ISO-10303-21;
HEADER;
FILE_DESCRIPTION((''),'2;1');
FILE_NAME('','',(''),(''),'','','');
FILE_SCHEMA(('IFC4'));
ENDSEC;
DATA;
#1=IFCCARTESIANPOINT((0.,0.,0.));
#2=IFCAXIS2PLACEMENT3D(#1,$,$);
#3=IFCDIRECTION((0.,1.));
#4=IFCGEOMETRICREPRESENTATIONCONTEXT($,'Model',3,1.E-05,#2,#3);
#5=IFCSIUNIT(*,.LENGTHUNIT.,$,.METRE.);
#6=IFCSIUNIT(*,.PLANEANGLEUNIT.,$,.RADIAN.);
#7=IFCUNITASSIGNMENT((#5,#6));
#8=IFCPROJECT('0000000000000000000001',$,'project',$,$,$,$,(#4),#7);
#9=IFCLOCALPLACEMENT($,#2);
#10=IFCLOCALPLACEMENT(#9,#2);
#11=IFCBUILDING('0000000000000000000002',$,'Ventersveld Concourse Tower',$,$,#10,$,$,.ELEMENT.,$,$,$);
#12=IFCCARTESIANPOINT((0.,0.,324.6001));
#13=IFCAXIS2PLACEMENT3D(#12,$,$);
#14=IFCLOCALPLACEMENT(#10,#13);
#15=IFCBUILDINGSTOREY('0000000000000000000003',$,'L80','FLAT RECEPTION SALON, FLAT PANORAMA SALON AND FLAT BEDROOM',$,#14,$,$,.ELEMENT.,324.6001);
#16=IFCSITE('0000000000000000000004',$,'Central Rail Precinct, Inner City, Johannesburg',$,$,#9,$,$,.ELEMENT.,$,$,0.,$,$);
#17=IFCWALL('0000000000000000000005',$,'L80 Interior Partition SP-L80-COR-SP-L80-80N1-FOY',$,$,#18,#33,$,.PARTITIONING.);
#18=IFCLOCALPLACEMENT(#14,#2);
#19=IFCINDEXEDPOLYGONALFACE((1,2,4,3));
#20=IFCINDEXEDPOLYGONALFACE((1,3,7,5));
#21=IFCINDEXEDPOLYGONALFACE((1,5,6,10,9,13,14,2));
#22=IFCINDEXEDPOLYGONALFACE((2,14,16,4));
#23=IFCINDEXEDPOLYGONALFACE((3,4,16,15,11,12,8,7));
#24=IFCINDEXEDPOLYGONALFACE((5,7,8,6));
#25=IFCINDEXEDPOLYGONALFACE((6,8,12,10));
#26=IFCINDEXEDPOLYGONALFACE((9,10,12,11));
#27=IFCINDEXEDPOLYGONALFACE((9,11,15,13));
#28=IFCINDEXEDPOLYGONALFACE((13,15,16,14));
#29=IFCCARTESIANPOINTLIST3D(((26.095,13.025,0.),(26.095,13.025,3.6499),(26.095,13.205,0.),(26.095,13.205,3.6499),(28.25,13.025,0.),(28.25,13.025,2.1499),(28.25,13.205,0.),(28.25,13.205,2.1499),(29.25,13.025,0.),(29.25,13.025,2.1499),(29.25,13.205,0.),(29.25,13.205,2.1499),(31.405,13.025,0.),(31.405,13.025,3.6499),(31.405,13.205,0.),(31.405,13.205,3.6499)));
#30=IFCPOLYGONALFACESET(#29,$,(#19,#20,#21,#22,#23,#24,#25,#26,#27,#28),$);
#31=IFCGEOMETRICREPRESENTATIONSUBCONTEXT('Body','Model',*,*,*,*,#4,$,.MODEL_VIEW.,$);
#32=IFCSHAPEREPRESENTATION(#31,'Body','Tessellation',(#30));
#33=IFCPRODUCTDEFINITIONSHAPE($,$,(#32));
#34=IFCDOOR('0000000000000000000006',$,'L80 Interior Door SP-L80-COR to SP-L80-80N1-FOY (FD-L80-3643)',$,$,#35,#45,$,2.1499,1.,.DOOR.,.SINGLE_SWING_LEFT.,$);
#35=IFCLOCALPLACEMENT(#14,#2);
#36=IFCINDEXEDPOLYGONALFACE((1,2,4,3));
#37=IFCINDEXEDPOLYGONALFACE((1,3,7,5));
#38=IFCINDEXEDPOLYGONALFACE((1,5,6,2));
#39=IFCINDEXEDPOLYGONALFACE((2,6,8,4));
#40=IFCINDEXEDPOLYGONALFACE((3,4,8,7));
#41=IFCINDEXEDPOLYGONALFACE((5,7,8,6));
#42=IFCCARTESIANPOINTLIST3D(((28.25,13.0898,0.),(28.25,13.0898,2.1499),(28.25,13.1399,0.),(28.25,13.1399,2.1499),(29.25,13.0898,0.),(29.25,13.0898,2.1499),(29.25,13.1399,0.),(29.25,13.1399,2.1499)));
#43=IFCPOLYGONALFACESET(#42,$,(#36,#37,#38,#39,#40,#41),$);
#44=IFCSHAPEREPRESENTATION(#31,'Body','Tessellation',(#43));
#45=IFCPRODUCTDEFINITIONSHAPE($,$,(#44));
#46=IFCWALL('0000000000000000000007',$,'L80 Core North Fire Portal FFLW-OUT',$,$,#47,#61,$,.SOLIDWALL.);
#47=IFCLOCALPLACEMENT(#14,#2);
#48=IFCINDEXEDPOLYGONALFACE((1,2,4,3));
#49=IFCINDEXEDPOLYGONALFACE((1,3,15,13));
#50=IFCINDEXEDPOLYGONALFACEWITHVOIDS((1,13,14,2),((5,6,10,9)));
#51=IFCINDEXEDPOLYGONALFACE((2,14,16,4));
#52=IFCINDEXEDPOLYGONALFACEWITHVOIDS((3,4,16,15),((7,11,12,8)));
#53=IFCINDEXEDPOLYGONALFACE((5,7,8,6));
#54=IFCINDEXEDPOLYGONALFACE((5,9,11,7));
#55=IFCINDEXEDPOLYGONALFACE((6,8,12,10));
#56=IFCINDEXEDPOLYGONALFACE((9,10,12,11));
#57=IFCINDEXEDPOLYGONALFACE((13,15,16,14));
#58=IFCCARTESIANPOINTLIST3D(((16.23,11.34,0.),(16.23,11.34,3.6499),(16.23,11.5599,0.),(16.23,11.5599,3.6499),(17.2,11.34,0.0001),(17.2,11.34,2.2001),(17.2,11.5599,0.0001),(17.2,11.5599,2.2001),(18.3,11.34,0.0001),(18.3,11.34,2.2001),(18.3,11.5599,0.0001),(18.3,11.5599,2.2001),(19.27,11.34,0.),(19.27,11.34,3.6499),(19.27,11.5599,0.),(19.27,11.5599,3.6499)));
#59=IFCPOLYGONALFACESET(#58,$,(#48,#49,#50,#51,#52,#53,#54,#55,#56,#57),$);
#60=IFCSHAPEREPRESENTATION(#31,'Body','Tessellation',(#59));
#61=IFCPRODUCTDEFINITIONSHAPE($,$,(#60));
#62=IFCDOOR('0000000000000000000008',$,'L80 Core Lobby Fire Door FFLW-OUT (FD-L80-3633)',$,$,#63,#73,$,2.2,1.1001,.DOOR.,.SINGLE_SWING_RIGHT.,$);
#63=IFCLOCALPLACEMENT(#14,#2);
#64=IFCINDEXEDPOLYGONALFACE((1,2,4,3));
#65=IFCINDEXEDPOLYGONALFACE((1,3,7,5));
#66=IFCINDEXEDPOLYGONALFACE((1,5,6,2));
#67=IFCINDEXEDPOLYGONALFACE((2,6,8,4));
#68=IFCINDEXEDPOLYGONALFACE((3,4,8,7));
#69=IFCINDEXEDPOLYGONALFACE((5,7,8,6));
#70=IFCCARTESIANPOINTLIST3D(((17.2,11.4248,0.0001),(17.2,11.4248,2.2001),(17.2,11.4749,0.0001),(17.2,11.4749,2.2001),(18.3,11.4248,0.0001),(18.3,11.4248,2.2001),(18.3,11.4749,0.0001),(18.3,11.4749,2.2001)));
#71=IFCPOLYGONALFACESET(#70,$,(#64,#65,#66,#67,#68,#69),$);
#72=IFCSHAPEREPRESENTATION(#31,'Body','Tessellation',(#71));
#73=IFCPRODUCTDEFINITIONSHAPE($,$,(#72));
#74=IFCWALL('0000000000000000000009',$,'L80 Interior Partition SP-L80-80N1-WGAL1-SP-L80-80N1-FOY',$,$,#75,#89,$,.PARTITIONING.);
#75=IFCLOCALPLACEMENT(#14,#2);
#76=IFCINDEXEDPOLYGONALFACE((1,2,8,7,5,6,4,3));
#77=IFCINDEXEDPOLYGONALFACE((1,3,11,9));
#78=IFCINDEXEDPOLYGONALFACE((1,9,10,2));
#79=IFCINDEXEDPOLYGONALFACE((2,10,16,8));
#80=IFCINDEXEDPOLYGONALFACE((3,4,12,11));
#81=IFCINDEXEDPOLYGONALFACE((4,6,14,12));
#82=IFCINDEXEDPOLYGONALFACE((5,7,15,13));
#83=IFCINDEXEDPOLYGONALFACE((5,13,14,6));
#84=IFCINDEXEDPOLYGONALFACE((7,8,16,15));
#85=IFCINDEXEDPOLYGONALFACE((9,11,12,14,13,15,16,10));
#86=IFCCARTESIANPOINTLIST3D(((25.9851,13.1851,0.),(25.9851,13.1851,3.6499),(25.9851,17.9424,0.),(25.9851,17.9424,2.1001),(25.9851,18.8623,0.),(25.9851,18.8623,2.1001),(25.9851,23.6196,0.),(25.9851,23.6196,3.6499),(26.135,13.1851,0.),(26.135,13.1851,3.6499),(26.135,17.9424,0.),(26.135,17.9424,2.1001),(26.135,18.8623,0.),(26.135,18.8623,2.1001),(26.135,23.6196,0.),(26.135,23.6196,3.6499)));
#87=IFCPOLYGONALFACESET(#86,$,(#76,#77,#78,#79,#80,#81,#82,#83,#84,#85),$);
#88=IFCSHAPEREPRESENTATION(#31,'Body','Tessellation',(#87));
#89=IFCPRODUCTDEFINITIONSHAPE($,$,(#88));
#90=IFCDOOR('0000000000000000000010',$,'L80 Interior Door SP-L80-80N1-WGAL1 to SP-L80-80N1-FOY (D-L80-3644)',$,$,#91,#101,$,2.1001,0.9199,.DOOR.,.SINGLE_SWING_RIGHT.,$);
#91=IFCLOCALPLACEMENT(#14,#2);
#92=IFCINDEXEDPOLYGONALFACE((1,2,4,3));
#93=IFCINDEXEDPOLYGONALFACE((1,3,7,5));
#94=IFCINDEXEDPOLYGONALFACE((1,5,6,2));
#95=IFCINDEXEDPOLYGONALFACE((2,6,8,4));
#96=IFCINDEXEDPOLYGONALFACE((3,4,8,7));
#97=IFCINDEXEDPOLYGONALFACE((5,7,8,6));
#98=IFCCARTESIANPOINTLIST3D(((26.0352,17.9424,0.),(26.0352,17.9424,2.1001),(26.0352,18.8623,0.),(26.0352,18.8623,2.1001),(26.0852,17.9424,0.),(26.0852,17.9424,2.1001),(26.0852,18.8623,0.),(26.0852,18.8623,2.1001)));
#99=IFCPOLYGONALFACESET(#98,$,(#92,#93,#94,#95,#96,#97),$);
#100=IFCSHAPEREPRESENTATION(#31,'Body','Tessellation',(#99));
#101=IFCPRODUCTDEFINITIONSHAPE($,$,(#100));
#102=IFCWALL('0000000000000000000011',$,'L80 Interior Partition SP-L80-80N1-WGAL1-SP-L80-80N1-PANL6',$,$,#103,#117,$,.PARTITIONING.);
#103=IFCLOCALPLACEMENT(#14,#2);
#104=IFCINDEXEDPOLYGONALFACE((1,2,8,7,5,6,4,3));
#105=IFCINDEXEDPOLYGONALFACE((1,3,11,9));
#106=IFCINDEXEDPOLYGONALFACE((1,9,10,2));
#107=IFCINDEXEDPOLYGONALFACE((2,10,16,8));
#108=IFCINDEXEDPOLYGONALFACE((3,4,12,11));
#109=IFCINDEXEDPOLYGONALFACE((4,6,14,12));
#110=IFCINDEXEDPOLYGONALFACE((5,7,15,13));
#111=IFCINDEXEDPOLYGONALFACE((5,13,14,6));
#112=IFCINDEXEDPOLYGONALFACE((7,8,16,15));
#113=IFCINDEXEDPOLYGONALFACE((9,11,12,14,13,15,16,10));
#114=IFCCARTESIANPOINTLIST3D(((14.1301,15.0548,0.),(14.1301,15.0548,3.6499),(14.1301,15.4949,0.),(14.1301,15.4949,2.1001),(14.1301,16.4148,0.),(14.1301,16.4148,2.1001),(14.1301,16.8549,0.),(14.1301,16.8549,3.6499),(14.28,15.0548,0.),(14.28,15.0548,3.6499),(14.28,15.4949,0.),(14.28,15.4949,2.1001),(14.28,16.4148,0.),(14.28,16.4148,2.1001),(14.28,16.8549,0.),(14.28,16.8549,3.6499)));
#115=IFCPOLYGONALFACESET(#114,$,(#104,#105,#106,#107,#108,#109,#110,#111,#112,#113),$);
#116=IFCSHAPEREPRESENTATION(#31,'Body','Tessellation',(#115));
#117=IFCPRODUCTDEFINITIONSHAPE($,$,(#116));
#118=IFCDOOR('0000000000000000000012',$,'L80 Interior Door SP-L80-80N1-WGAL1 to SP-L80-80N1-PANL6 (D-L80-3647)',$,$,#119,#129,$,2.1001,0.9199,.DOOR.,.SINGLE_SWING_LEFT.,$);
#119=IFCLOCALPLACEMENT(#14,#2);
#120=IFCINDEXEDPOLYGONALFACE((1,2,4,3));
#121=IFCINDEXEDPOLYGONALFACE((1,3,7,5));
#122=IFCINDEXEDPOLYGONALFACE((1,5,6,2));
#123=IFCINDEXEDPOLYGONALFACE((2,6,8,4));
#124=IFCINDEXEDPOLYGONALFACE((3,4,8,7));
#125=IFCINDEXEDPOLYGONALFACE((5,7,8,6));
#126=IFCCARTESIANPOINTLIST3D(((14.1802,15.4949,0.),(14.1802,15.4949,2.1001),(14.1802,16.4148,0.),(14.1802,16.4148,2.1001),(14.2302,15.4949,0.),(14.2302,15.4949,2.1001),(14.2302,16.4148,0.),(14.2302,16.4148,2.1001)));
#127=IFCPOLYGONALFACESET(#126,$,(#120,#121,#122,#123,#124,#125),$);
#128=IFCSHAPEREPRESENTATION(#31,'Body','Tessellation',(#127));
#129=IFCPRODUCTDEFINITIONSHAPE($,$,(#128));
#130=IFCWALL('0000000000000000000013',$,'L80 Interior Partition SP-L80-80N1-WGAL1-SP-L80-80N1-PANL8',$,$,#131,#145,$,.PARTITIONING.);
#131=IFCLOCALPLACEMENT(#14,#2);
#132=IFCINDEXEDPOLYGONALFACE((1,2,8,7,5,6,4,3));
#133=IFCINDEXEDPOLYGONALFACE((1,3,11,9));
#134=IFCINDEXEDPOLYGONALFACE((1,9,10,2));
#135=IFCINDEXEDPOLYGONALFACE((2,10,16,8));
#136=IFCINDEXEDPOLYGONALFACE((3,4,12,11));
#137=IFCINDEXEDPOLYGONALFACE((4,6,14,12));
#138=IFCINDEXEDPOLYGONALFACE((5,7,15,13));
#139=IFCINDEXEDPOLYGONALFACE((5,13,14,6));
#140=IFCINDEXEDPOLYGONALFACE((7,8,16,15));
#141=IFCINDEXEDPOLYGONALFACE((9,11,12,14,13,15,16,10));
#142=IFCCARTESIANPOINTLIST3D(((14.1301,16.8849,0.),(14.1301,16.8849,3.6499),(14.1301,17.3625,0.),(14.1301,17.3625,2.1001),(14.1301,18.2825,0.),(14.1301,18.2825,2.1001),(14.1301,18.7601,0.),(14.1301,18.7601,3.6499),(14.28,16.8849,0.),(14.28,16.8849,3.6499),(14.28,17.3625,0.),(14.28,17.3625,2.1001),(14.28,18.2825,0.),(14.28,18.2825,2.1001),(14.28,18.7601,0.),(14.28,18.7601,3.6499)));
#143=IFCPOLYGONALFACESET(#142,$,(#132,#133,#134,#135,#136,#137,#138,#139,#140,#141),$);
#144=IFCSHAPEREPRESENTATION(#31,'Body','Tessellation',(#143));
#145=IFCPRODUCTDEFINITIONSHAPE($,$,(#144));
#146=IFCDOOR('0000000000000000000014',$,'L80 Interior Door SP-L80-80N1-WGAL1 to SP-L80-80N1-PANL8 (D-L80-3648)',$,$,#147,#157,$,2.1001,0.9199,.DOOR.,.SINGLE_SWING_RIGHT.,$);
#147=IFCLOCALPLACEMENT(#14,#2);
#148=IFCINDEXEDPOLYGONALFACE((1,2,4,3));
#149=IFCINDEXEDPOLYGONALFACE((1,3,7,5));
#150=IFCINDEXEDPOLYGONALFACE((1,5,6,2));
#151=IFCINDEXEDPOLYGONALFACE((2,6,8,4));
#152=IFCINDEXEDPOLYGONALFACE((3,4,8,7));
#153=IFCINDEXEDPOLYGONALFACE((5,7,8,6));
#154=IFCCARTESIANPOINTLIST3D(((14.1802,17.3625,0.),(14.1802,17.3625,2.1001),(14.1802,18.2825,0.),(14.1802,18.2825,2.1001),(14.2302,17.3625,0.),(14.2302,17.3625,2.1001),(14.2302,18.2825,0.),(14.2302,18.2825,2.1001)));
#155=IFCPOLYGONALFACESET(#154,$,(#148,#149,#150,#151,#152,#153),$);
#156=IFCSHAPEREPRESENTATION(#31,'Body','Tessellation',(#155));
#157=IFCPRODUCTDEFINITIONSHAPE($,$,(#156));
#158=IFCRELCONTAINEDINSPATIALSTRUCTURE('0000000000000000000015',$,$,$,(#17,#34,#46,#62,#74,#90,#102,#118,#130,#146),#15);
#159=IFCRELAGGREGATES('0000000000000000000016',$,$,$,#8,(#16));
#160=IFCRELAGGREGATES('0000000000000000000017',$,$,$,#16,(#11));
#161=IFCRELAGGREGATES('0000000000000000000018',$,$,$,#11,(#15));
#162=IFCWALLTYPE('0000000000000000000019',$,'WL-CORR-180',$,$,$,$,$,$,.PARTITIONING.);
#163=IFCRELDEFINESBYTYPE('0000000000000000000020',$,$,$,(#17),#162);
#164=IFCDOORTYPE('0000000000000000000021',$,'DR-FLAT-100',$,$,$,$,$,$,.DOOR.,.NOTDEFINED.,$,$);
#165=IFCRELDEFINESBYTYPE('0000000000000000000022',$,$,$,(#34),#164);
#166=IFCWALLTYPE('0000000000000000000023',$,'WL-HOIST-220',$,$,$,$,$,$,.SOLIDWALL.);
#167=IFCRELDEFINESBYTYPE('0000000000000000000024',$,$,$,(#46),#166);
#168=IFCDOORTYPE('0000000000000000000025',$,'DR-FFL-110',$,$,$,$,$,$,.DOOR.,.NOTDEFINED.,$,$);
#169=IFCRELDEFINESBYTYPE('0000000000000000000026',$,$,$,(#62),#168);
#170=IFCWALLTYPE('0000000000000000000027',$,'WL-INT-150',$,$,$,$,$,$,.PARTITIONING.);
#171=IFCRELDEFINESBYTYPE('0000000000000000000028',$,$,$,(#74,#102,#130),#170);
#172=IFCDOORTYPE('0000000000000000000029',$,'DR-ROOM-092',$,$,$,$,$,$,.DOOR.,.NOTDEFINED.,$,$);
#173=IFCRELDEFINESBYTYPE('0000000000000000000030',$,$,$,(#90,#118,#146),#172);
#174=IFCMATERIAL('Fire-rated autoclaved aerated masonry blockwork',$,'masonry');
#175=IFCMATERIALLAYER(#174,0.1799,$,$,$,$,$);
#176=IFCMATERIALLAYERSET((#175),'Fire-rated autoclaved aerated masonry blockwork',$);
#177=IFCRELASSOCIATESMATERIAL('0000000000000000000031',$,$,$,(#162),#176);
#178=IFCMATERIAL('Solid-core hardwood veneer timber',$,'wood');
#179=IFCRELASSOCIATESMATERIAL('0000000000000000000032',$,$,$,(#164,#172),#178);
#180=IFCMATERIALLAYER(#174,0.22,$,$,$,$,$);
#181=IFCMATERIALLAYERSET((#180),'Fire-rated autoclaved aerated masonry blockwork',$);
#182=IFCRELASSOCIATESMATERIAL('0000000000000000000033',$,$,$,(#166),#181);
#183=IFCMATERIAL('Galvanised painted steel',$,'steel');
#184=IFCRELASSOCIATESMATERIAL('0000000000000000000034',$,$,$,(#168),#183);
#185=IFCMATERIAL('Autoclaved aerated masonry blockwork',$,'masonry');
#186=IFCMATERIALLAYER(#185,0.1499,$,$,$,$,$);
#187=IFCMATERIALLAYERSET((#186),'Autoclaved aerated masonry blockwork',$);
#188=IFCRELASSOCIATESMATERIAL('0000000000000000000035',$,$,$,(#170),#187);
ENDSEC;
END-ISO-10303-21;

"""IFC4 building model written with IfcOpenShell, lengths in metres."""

from ifc_helpers import new_model, si_unit, direction, frame, frame_2d, origin, place, context, subcontext, project, spatial, rectangle, extrude, material, layer, layer_set, type_object, element, fill, save


model = new_model("IFC4")

# Units and contexts
model_context = context("Model", 3, precision=1e-05, world=origin(), true_north=direction((0.0, 1.0)))
body_context = subcontext(model_context, "Body", "Model", "MODEL_VIEW")
ifc_project = project(units=[si_unit("LENGTHUNIT", "METRE"), si_unit("PLANEANGLEUNIT", "RADIAN")], contexts=[model_context])

# Site, building, storey
site_placement = place(None, origin())
site = spatial("IfcSite", under=ifc_project, at=site_placement, Name="Central Rail Precinct, Inner City, Johannesburg", CompositionType="ELEMENT", RefElevation=0.0)
building_placement = place(site_placement, origin())
building = spatial("IfcBuilding", under=site, at=building_placement, Name="Ventersveld Concourse Tower", CompositionType="ELEMENT")
storey_placement = place(building_placement, frame((0.0, 0.0, 324.6001)))
storey = spatial("IfcBuildingStorey", under=building, at=storey_placement, Name="L80", Description="FLAT RECEPTION SALON, FLAT PANORAMA SALON AND FLAT BEDROOM", CompositionType="ELEMENT", Elevation=324.6001)

# Walls, openings, doors
ifc_material_1 = material(Name="Fire-rated autoclaved aerated masonry blockwork", Category="masonry")
ifc_layer_1 = layer(ifc_material_1, 0.1799)
ifc_layer_set_1 = layer_set([ifc_layer_1], Name="Fire-rated autoclaved aerated masonry blockwork")
wall_type_1 = type_object("IfcWallType", Name="WL-CORR-180", PredefinedType="PARTITIONING", material=ifc_layer_set_1)
wall_1_placement = place(storey_placement, frame((26.095, 13.115, 0.0), z_axis=(0.0, 0.0, 1.0), x_axis=(1.0, 0.0, 0.0)))
wall_1 = element("IfcWall", 1, at=wall_1_placement, inside=storey, type_object=wall_type_1, Name="L80 Interior Partition SP-L80-COR-SP-L80-80N1-FOY", PredefinedType="PARTITIONING", context=body_context, shape_type="SweptSolid", body=[
    extrude(rectangle(XDim=5.3101, YDim=0.1799, at=frame_2d((2.655, 0.0))), origin(), (0.0, 0.0, 1.0), 3.6499),
])
opening_1_placement = place(wall_1_placement, frame((2.155, 0.0, 0.0)))
opening_1 = element("IfcOpeningElement", 2, at=opening_1_placement, cuts=wall_1, PredefinedType="OPENING", context=body_context, shape_type="SweptSolid", body=[
    extrude(rectangle(XDim=1.0, YDim=2.1499, at=frame_2d((0.5, 1.075))), frame((0.0, 0.1001, 0.0), z_axis=(0.0, -1.0, 0.0), x_axis=(1.0, 0.0, 0.0)), (0.0, 0.0, 1.0), 0.2),
])
ifc_material_2 = material(Name="Solid-core hardwood veneer timber", Category="wood")
door_type_1 = type_object("IfcDoorType", Name="DR-FLAT-100", OperationType="NOTDEFINED", PredefinedType="DOOR", material=ifc_material_2)
door_1_placement = place(opening_1_placement, origin())
door_1 = element("IfcDoor", 3, at=door_1_placement, inside=storey, type_object=door_type_1, Name="L80 Interior Door SP-L80-COR to SP-L80-80N1-FOY (FD-L80-3643)", OperationType="SINGLE_SWING_LEFT", OverallHeight=2.1499, OverallWidth=1.0, PredefinedType="DOOR", context=body_context, shape_type="SweptSolid", body=[
    extrude(rectangle(XDim=1.0, YDim=2.1499, at=frame_2d((0.5, 1.075))), frame((0.0, 0.0249, 0.0), z_axis=(0.0, -1.0, 0.0), x_axis=(1.0, 0.0, 0.0)), (0.0, 0.0, 1.0), 0.05),
])
fill(opening_1, door_1)
ifc_layer_2 = layer(ifc_material_1, 0.22)
ifc_layer_set_2 = layer_set([ifc_layer_2], Name="Fire-rated autoclaved aerated masonry blockwork")
wall_type_2 = type_object("IfcWallType", Name="WL-HOIST-220", PredefinedType="SOLIDWALL", material=ifc_layer_set_2)
wall_2_placement = place(storey_placement, frame((16.23, 11.45, 0.0), z_axis=(0.0, 0.0, 1.0), x_axis=(1.0, 0.0, 0.0)))
wall_2 = element("IfcWall", 4, at=wall_2_placement, inside=storey, type_object=wall_type_2, Name="L80 Core North Fire Portal FFLW-OUT", PredefinedType="SOLIDWALL", context=body_context, shape_type="SweptSolid", body=[
    extrude(rectangle(XDim=3.04, YDim=0.22, at=frame_2d((1.52, 0.0))), origin(), (0.0, 0.0, 1.0), 3.6499),
])
opening_2_placement = place(wall_2_placement, frame((0.97, 0.0, 0.0)))
opening_2 = element("IfcOpeningElement", 5, at=opening_2_placement, cuts=wall_2, PredefinedType="OPENING", context=body_context, shape_type="SweptSolid", body=[
    extrude(rectangle(XDim=1.1001, YDim=2.2, at=frame_2d((0.55, 1.1001))), frame((0.0, 0.1201, 0.0), z_axis=(0.0, -1.0, 0.0), x_axis=(1.0, 0.0, 0.0)), (0.0, 0.0, 1.0), 0.24),
])
ifc_material_3 = material(Name="Galvanised painted steel", Category="steel")
door_type_2 = type_object("IfcDoorType", Name="DR-FFL-110", OperationType="NOTDEFINED", PredefinedType="DOOR", material=ifc_material_3)
door_2_placement = place(opening_2_placement, origin())
door_2 = element("IfcDoor", 6, at=door_2_placement, inside=storey, type_object=door_type_2, Name="L80 Core Lobby Fire Door FFLW-OUT (FD-L80-3633)", OperationType="SINGLE_SWING_RIGHT", OverallHeight=2.2, OverallWidth=1.1001, PredefinedType="DOOR", context=body_context, shape_type="SweptSolid", body=[
    extrude(rectangle(XDim=1.1001, YDim=2.2, at=frame_2d((0.55, 1.1001))), frame((0.0, 0.0249, 0.0), z_axis=(0.0, -1.0, 0.0), x_axis=(1.0, 0.0, 0.0)), (0.0, 0.0, 1.0), 0.05),
])
fill(opening_2, door_2)
ifc_material_4 = material(Name="Autoclaved aerated masonry blockwork", Category="masonry")
ifc_layer_3 = layer(ifc_material_4, 0.1499)
ifc_layer_set_3 = layer_set([ifc_layer_3], Name="Autoclaved aerated masonry blockwork")
wall_type_3 = type_object("IfcWallType", Name="WL-INT-150", PredefinedType="PARTITIONING", material=ifc_layer_set_3)
wall_3_placement = place(storey_placement, frame((26.0601, 13.1851, 0.0), z_axis=(0.0, 0.0, 1.0), x_axis=(0.0, 1.0, 0.0)))
wall_3 = element("IfcWall", 7, at=wall_3_placement, inside=storey, type_object=wall_type_3, Name="L80 Interior Partition SP-L80-80N1-WGAL1-SP-L80-80N1-FOY", PredefinedType="PARTITIONING", context=body_context, shape_type="SweptSolid", body=[
    extrude(rectangle(XDim=10.4346, YDim=0.1499, at=frame_2d((5.2173, 0.0))), origin(), (0.0, 0.0, 1.0), 3.6499),
])
opening_3_placement = place(wall_3_placement, frame((4.7573, 0.0, 0.0)))
opening_3 = element("IfcOpeningElement", 8, at=opening_3_placement, cuts=wall_3, PredefinedType="OPENING", context=body_context, shape_type="SweptSolid", body=[
    extrude(rectangle(XDim=0.9199, YDim=2.1001, at=frame_2d((0.46, 1.05))), frame((0.0, 0.085, 0.0), z_axis=(0.0, -1.0, 0.0), x_axis=(1.0, 0.0, 0.0)), (0.0, 0.0, 1.0), 0.1699),
])
door_type_3 = type_object("IfcDoorType", Name="DR-ROOM-092", OperationType="NOTDEFINED", PredefinedType="DOOR", material=ifc_material_2)
door_3_placement = place(opening_3_placement, origin())
door_3 = element("IfcDoor", 9, at=door_3_placement, inside=storey, type_object=door_type_3, Name="L80 Interior Door SP-L80-80N1-WGAL1 to SP-L80-80N1-FOY (D-L80-3644)", OperationType="SINGLE_SWING_RIGHT", OverallHeight=2.1001, OverallWidth=0.9199, PredefinedType="DOOR", context=body_context, shape_type="SweptSolid", body=[
    extrude(rectangle(XDim=0.9199, YDim=2.1001, at=frame_2d((0.46, 1.05))), frame((0.0, 0.0249, 0.0), z_axis=(0.0, -1.0, 0.0), x_axis=(1.0, 0.0, 0.0)), (0.0, 0.0, 1.0), 0.05),
])
fill(opening_3, door_3)
wall_4_placement = place(storey_placement, frame((14.2051, 15.0549, 0.0), z_axis=(0.0, 0.0, 1.0), x_axis=(0.0, 1.0, 0.0)))
wall_4 = element("IfcWall", 10, at=wall_4_placement, inside=storey, type_object=wall_type_3, Name="L80 Interior Partition SP-L80-80N1-WGAL1-SP-L80-80N1-PANL6", PredefinedType="PARTITIONING", context=body_context, shape_type="SweptSolid", body=[
    extrude(rectangle(XDim=1.8, YDim=0.1499, at=frame_2d((0.8999, 0.0))), origin(), (0.0, 0.0, 1.0), 3.6499),
])
opening_4_placement = place(wall_4_placement, frame((0.4399, 0.0, 0.0)))
opening_4 = element("IfcOpeningElement", 11, at=opening_4_placement, cuts=wall_4, PredefinedType="OPENING", context=body_context, shape_type="SweptSolid", body=[
    extrude(rectangle(XDim=0.9199, YDim=2.1001, at=frame_2d((0.46, 1.05))), frame((0.0, 0.085, 0.0), z_axis=(0.0, -1.0, 0.0), x_axis=(1.0, 0.0, 0.0)), (0.0, 0.0, 1.0), 0.1699),
])
door_4_placement = place(opening_4_placement, origin())
door_4 = element("IfcDoor", 12, at=door_4_placement, inside=storey, type_object=door_type_3, Name="L80 Interior Door SP-L80-80N1-WGAL1 to SP-L80-80N1-PANL6 (D-L80-3647)", OperationType="SINGLE_SWING_LEFT", OverallHeight=2.1001, OverallWidth=0.9199, PredefinedType="DOOR", context=body_context, shape_type="SweptSolid", body=[
    extrude(rectangle(XDim=0.9199, YDim=2.1001, at=frame_2d((0.46, 1.05))), frame((0.0, 0.0249, 0.0), z_axis=(0.0, -1.0, 0.0), x_axis=(1.0, 0.0, 0.0)), (0.0, 0.0, 1.0), 0.05),
])
fill(opening_4, door_4)
wall_5_placement = place(storey_placement, frame((14.2051, 16.885, 0.0), z_axis=(0.0, 0.0, 1.0), x_axis=(0.0, 1.0, 0.0)))
wall_5 = element("IfcWall", 13, at=wall_5_placement, inside=storey, type_object=wall_type_3, Name="L80 Interior Partition SP-L80-80N1-WGAL1-SP-L80-80N1-PANL8", PredefinedType="PARTITIONING", context=body_context, shape_type="SweptSolid", body=[
    extrude(rectangle(XDim=1.8752, YDim=0.1499, at=frame_2d((0.9375, 0.0))), origin(), (0.0, 0.0, 1.0), 3.6499),
])
opening_5_placement = place(wall_5_placement, frame((0.4775, 0.0, 0.0)))
opening_5 = element("IfcOpeningElement", 14, at=opening_5_placement, cuts=wall_5, PredefinedType="OPENING", context=body_context, shape_type="SweptSolid", body=[
    extrude(rectangle(XDim=0.9199, YDim=2.1001, at=frame_2d((0.46, 1.05))), frame((0.0, 0.085, 0.0), z_axis=(0.0, -1.0, 0.0), x_axis=(1.0, 0.0, 0.0)), (0.0, 0.0, 1.0), 0.1699),
])
door_5_placement = place(opening_5_placement, origin())
door_5 = element("IfcDoor", 15, at=door_5_placement, inside=storey, type_object=door_type_3, Name="L80 Interior Door SP-L80-80N1-WGAL1 to SP-L80-80N1-PANL8 (D-L80-3648)", OperationType="SINGLE_SWING_RIGHT", OverallHeight=2.1001, OverallWidth=0.9199, PredefinedType="DOOR", context=body_context, shape_type="SweptSolid", body=[
    extrude(rectangle(XDim=0.9199, YDim=2.1001, at=frame_2d((0.46, 1.05))), frame((0.0, 0.0249, 0.0), z_axis=(0.0, -1.0, 0.0), x_axis=(1.0, 0.0, 0.0)), (0.0, 0.0, 1.0), 0.05),
])
fill(opening_5, door_5)

save(model, "model.ifc")
